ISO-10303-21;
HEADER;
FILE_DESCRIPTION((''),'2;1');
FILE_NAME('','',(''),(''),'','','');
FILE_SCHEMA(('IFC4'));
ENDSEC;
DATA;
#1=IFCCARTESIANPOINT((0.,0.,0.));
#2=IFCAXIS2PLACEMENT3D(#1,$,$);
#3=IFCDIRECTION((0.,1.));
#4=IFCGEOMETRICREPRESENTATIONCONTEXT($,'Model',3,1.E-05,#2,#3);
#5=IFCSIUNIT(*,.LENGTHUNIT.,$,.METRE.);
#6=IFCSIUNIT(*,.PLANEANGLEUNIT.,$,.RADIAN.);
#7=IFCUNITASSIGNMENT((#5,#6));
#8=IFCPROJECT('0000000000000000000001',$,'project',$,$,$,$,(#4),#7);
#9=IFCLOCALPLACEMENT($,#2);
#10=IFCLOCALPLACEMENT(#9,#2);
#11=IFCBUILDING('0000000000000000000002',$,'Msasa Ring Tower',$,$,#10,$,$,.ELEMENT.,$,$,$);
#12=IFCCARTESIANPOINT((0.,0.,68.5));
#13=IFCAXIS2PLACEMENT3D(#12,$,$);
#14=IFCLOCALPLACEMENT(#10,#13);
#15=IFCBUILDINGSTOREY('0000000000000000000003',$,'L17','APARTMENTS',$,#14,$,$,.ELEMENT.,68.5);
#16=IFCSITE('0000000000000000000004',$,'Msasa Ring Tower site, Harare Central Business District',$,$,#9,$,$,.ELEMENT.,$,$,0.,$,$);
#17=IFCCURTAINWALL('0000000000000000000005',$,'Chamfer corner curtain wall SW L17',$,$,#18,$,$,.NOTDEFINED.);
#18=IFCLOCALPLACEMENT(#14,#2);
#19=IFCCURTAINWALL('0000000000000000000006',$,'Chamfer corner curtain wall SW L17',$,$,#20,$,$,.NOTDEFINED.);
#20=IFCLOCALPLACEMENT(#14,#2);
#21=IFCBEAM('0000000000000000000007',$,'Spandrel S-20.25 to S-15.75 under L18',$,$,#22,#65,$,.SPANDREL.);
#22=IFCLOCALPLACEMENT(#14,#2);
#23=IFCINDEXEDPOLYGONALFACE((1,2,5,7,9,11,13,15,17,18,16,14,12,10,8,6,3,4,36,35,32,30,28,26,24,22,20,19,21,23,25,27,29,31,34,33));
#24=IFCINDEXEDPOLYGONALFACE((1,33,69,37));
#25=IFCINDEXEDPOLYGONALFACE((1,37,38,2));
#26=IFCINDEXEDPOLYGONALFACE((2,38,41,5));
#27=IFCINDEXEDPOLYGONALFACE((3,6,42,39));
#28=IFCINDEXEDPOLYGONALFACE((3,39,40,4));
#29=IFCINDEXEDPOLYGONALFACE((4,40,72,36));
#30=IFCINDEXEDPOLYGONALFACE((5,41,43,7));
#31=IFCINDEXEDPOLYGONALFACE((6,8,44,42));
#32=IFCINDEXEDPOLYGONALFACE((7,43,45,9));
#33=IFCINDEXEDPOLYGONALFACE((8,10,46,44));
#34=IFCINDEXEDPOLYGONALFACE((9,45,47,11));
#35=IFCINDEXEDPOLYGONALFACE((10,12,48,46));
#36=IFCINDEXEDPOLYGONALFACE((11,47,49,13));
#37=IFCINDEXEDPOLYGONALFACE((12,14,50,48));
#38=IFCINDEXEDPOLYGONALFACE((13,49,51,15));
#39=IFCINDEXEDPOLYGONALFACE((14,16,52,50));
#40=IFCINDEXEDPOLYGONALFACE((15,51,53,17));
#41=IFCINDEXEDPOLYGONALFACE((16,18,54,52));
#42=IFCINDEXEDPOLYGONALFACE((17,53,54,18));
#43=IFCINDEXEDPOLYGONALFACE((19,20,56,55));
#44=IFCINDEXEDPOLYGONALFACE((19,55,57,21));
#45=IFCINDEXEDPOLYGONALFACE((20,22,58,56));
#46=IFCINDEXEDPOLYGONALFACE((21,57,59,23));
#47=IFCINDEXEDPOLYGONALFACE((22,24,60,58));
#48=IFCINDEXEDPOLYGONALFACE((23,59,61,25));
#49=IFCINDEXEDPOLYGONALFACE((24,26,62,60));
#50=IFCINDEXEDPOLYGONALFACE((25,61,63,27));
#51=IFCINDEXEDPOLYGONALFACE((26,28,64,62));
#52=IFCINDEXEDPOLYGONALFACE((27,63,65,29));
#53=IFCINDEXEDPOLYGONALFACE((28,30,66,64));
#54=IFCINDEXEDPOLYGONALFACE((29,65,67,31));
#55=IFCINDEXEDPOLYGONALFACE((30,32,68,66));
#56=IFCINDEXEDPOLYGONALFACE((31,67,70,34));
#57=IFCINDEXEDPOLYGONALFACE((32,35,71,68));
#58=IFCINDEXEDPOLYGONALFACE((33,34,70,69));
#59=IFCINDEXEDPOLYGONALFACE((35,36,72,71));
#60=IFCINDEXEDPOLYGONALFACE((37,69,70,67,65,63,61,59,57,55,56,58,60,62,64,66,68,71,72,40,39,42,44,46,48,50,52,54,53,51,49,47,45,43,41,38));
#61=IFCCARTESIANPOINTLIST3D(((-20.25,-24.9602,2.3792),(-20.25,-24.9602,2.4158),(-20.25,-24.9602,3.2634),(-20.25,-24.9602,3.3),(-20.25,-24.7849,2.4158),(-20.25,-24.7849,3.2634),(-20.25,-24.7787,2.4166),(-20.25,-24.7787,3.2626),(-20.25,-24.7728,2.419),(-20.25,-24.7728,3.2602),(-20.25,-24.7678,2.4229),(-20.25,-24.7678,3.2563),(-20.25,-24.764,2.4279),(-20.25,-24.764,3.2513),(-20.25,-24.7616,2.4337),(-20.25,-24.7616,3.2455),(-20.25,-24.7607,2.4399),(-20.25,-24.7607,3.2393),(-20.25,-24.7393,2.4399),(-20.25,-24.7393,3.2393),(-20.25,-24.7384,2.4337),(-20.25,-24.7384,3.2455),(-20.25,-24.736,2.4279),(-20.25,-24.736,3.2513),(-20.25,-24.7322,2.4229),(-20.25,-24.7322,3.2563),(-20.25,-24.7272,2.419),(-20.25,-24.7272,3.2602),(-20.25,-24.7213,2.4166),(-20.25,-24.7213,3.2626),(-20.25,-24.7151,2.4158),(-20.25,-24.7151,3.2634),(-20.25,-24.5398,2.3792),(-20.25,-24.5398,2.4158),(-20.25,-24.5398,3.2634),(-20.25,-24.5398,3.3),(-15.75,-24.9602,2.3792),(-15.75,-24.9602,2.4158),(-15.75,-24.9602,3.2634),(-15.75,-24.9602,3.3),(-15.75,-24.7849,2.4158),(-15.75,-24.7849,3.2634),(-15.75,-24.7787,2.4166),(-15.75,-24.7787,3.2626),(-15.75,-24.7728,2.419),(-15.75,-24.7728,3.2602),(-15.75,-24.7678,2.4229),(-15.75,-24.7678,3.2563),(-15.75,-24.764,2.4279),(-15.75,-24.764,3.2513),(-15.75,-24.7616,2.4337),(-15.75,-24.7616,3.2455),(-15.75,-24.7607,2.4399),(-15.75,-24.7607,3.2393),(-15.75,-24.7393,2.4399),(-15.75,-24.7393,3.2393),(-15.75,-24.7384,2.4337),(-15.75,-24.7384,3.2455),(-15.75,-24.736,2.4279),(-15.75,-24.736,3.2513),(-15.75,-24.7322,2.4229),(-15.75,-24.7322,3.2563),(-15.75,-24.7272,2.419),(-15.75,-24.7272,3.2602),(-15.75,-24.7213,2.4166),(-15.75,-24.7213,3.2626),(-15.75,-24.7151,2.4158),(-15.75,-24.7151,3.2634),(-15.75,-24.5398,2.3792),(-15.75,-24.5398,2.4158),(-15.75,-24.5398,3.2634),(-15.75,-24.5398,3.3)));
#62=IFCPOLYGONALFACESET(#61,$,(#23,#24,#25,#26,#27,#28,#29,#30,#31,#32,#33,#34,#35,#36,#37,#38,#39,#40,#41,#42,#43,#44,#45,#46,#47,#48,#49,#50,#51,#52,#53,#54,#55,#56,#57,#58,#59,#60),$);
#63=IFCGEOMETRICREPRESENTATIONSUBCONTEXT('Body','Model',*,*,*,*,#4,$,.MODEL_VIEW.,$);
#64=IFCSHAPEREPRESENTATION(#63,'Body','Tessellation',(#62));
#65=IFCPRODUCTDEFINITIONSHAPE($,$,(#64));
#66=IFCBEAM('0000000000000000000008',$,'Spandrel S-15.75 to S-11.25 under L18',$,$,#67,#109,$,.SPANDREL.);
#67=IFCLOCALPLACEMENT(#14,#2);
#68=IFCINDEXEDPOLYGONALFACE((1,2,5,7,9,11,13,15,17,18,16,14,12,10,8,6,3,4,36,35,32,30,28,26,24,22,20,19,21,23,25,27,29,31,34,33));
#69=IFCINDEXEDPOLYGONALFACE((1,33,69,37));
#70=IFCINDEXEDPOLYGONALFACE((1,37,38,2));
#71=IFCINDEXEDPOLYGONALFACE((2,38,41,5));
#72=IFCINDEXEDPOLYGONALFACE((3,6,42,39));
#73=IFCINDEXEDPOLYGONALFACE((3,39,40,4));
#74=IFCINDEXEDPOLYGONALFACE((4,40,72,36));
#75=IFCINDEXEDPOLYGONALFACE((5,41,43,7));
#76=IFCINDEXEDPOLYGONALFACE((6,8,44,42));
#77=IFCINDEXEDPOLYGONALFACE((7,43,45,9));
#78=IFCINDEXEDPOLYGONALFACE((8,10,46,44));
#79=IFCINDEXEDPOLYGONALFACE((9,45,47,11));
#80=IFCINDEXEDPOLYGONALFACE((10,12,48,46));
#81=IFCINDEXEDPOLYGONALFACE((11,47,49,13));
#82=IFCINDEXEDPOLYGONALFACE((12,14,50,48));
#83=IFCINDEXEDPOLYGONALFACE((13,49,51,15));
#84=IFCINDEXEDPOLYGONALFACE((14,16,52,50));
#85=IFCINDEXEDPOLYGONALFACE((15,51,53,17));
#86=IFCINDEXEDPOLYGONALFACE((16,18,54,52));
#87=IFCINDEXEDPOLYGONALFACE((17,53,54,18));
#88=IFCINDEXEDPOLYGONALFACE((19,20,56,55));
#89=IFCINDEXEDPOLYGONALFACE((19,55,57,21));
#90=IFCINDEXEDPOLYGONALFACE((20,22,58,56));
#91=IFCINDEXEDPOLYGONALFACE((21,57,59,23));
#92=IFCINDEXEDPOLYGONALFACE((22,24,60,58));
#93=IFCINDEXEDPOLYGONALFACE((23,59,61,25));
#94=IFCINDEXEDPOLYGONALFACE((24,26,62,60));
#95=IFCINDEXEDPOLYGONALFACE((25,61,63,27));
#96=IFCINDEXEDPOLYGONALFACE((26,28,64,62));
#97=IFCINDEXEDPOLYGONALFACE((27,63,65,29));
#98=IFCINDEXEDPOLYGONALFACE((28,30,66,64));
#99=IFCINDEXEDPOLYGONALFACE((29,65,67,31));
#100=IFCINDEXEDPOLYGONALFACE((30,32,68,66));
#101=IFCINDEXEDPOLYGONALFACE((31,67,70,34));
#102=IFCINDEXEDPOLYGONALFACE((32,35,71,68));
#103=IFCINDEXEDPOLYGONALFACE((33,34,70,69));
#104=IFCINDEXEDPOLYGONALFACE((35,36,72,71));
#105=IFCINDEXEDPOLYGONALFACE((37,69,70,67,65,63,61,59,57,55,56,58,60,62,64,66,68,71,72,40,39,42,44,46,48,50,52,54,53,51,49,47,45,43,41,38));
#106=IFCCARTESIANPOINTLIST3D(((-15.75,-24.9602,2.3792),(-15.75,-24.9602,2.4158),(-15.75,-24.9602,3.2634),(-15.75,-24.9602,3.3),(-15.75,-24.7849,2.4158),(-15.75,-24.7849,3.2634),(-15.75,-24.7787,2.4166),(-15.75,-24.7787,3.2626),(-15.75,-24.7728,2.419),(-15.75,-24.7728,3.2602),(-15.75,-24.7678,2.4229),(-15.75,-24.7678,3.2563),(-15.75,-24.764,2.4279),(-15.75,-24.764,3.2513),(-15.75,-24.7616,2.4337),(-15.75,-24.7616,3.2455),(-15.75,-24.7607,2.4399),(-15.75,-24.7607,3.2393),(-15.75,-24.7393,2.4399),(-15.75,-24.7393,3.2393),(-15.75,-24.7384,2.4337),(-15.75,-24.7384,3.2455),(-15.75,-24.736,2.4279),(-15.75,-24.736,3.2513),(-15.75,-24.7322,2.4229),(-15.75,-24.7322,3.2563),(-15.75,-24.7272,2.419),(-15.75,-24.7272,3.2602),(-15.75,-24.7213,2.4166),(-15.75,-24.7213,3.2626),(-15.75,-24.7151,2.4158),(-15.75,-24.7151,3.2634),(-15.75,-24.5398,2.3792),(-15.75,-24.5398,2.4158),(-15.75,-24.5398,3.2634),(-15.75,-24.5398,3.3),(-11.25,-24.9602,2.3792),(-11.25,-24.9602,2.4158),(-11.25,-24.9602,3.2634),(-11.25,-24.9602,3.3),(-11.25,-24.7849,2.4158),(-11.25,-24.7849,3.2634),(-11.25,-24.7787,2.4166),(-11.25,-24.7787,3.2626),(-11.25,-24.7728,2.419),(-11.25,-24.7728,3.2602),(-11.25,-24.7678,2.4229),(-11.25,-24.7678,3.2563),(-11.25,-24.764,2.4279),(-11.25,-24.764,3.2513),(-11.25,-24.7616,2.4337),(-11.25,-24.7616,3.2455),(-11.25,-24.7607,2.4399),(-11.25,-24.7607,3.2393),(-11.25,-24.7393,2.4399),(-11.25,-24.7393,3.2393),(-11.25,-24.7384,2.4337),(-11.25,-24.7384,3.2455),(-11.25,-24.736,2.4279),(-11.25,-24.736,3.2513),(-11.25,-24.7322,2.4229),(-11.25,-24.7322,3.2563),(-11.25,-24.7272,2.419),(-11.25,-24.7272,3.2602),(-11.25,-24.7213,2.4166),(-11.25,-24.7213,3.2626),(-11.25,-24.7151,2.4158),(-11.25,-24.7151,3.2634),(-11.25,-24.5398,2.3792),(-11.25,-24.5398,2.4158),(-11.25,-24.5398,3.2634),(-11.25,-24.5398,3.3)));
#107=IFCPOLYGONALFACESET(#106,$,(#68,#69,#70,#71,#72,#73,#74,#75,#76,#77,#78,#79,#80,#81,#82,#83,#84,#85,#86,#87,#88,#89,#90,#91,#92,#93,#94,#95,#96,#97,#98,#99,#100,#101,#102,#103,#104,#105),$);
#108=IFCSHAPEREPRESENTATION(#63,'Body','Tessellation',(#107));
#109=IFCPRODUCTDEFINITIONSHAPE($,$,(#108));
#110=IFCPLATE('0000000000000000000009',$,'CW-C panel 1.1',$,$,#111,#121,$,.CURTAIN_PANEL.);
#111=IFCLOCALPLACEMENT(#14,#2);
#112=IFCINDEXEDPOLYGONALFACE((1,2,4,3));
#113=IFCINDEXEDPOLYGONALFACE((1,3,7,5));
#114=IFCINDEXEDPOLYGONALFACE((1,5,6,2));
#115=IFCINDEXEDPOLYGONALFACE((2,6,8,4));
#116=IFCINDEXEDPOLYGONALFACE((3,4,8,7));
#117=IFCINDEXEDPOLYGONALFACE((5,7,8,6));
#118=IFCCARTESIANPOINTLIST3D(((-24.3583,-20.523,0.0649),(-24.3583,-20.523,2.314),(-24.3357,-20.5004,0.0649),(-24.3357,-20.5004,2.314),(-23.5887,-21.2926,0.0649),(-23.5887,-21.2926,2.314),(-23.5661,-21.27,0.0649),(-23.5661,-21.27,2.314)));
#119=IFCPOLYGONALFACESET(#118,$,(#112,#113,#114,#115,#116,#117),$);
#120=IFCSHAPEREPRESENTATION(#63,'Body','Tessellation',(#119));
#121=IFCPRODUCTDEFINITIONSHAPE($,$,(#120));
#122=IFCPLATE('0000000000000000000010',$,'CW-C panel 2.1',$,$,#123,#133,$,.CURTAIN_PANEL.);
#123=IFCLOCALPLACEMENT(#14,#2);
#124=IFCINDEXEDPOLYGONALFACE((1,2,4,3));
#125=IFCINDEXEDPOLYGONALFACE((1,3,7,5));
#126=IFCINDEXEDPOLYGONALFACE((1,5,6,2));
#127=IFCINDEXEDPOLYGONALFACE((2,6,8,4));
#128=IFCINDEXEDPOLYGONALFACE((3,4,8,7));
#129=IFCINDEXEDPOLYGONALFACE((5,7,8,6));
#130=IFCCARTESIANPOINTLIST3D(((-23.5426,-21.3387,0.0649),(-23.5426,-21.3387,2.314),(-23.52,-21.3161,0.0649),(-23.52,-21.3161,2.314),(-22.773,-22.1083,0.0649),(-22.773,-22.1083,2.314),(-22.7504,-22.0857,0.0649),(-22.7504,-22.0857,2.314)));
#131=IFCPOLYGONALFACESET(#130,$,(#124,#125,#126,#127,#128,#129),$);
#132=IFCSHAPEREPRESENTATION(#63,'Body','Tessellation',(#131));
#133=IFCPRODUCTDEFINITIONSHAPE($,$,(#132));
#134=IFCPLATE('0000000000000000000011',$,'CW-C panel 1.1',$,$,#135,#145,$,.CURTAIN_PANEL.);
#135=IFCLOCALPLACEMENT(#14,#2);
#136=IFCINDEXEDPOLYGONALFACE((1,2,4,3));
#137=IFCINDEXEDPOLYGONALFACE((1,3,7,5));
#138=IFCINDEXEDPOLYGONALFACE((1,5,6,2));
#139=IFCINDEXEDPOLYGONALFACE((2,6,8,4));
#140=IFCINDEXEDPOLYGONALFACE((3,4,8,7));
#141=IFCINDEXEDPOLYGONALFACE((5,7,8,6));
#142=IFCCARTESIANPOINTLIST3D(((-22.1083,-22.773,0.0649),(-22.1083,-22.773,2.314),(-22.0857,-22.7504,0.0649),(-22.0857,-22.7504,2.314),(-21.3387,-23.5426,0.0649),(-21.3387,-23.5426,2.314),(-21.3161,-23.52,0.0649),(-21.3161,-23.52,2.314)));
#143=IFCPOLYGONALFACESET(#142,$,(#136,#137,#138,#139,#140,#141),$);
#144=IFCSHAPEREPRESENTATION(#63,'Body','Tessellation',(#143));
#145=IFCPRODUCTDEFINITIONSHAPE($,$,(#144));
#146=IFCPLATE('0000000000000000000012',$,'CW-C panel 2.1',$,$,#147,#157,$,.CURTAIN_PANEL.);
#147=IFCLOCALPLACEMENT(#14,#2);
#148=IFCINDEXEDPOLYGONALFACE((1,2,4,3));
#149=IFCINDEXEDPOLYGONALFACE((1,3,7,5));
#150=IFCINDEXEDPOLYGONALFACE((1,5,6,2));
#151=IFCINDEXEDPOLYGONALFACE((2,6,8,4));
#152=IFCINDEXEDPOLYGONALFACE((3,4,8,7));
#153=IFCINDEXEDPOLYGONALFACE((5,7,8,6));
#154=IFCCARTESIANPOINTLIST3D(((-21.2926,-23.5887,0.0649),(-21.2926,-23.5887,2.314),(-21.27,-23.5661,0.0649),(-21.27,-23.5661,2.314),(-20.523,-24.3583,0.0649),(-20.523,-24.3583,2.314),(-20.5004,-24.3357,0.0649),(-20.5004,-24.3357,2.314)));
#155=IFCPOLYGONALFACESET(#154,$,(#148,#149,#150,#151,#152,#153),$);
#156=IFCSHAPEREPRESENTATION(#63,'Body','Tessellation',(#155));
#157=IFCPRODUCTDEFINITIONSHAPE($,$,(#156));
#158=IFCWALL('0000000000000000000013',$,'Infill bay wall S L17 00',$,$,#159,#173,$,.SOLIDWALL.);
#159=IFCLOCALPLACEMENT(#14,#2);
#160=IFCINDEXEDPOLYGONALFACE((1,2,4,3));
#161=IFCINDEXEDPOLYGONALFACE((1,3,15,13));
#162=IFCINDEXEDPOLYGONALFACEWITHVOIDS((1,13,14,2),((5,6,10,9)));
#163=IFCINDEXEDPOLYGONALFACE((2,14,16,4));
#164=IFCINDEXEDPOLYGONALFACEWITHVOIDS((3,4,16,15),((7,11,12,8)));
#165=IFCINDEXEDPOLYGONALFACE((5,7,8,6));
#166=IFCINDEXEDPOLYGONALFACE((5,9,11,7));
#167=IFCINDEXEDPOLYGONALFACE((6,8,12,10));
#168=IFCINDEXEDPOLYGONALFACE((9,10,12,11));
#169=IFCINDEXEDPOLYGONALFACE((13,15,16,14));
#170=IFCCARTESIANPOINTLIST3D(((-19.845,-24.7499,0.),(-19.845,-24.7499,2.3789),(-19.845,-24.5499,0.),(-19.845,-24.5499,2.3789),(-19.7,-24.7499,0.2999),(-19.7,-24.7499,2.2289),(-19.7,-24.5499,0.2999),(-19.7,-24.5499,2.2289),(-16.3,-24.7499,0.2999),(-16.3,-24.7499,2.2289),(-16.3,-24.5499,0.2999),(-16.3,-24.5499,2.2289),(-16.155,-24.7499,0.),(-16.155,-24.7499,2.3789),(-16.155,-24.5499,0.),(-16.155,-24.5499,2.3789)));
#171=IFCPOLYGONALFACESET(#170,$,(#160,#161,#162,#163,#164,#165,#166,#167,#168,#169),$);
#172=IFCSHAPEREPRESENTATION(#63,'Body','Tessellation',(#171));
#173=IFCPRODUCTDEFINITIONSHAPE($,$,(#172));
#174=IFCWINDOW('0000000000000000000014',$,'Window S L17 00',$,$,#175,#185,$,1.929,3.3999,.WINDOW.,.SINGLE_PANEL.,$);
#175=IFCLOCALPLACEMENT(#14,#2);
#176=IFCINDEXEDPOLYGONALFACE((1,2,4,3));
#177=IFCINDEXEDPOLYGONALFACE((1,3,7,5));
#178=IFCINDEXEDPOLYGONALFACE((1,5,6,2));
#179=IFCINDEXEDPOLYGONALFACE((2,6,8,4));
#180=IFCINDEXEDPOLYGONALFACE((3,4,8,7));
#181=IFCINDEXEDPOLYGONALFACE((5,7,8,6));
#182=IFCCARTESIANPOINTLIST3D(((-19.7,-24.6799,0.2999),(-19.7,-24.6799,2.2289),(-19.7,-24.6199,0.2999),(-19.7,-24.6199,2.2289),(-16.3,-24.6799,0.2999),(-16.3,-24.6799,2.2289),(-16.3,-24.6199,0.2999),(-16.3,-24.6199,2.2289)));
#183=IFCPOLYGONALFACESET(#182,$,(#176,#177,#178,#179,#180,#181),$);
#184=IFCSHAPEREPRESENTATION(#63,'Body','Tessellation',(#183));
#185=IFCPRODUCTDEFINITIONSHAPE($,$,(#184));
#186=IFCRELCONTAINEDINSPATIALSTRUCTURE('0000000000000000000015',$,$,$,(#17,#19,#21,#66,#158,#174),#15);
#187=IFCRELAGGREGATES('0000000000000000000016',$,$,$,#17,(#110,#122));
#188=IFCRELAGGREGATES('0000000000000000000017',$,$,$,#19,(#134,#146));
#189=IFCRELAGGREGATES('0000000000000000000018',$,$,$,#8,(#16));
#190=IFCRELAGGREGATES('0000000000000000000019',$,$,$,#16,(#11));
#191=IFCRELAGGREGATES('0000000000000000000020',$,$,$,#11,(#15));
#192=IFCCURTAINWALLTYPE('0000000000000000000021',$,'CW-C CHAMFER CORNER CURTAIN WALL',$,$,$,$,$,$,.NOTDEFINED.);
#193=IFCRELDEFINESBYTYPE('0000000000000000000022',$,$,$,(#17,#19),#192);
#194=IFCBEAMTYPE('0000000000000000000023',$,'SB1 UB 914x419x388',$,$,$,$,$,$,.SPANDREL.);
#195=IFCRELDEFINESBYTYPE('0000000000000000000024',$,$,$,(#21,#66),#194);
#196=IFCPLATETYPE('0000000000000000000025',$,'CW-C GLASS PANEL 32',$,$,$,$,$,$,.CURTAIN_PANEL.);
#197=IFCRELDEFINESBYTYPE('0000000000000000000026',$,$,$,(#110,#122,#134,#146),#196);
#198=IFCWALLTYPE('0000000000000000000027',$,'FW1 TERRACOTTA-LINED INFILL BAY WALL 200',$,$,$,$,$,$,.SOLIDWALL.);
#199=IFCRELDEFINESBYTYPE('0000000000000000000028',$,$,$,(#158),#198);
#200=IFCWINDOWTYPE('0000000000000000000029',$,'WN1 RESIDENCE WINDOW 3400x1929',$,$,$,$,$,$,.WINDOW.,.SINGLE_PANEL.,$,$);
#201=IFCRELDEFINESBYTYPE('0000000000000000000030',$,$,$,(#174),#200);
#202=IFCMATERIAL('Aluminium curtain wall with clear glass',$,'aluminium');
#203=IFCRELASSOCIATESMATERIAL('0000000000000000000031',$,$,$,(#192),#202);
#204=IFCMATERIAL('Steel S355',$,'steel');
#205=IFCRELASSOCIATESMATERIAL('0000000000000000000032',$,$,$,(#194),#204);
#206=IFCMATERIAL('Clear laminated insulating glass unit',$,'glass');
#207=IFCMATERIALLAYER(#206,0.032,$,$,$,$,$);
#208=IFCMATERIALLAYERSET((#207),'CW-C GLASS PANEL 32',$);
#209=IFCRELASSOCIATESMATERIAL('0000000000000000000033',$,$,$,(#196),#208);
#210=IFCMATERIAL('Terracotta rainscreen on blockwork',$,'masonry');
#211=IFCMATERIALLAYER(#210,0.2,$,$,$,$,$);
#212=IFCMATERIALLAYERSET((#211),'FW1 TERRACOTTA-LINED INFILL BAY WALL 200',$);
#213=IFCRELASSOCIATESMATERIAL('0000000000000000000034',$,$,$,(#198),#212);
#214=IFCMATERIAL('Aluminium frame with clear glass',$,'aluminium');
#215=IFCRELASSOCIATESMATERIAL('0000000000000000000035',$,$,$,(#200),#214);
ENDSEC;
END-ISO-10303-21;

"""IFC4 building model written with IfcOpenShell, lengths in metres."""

from ifc_helpers import new_model, si_unit, direction, frame, frame_2d, origin, origin_2d, place, context, subcontext, project, spatial, rectangle, i_section, extrude, material, layer, layer_set, material_profile, profile_set, type_object, element, fill, aggregate, save


model = new_model("IFC4")

# Units and contexts
model_context = context("Model", 3, precision=1e-05, world=origin(), true_north=direction((0.0, 1.0)))
body_context = subcontext(model_context, "Body", "Model", "MODEL_VIEW")
ifc_project = project(units=[si_unit("LENGTHUNIT", "METRE"), si_unit("PLANEANGLEUNIT", "RADIAN")], contexts=[model_context])

# Site, building, storey
site_placement = place(None, origin())
site = spatial("IfcSite", under=ifc_project, at=site_placement, Name="Msasa Ring Tower site, Harare Central Business District", CompositionType="ELEMENT", RefElevation=0.0)
building_placement = place(site_placement, origin())
building = spatial("IfcBuilding", under=site, at=building_placement, Name="Msasa Ring Tower", CompositionType="ELEMENT")
storey_placement = place(building_placement, frame((0.0, 0.0, 68.5)))
storey = spatial("IfcBuildingStorey", under=building, at=storey_placement, Name="L17", Description="APARTMENTS", CompositionType="ELEMENT", Elevation=68.5)

# Curtain walls
ifc_material_1 = material(Name="Aluminium curtain wall with clear glass", Category="aluminium")
curtain_wall_type = type_object("IfcCurtainWallType", Name="CW-C CHAMFER CORNER CURTAIN WALL", PredefinedType="NOTDEFINED", material=ifc_material_1)
curtain_wall_1_placement = place(storey_placement, origin())
curtain_wall_1 = element("IfcCurtainWall", 1, at=curtain_wall_1_placement, inside=storey, type_object=curtain_wall_type, Name="Chamfer corner curtain wall SW L17", PredefinedType="NOTDEFINED")
curtain_wall_2_placement = place(storey_placement, origin())
curtain_wall_2 = element("IfcCurtainWall", 2, at=curtain_wall_2_placement, inside=storey, type_object=curtain_wall_type, Name="Chamfer corner curtain wall SW L17", PredefinedType="NOTDEFINED")

# Beams
ifc_material_2 = material(Name="Steel S355", Category="steel")
ifc_material_profile_1 = material_profile(ifc_material_2, i_section(OverallWidth=0.4204, OverallDepth=0.9209, WebThickness=0.0215, FlangeThickness=0.0366, FilletRadius=0.0242, at=origin_2d()), Name="UB 914x419x388")
ifc_profile_set_1 = profile_set([ifc_material_profile_1], Name="Steel S355")
beam_type_1 = type_object("IfcBeamType", Name="SB1 UB 914x419x388", PredefinedType="SPANDREL", material=ifc_profile_set_1)
for number, where, z_axis, x_axis, name in (
    (3, (-20.25, -24.75, 2.8396), (1.0, 0.0, 0.0), (0.0, 1.0, 0.0), "Spandrel S-20.25 to S-15.75 under L18"),
    (4, (-15.75, -24.75, 2.8396), (1.0, 0.0, 0.0), (0.0, 1.0, 0.0), "Spandrel S-15.75 to S-11.25 under L18"),
):
    element("IfcBeam", number, at=place(storey_placement, frame(where, z_axis=z_axis, x_axis=x_axis)), inside=storey, type_object=beam_type_1, Name=name, PredefinedType="SPANDREL", context=body_context, shape_type="SweptSolid", body=[
        extrude(i_section(OverallWidth=0.4204, OverallDepth=0.9209, WebThickness=0.0215, FlangeThickness=0.0366, FilletRadius=0.0242, at=origin_2d()), origin(), (0.0, 0.0, 1.0), 4.5),
    ])

# Plates
ifc_material_3 = material(Name="Clear laminated insulating glass unit", Category="glass")
ifc_layer_1 = layer(ifc_material_3, 0.032)
ifc_layer_set_1 = layer_set([ifc_layer_1], Name="CW-C GLASS PANEL 32")
plate_type = type_object("IfcPlateType", Name="CW-C GLASS PANEL 32", PredefinedType="CURTAIN_PANEL", material=ifc_layer_set_1)
plate_1_placement = place(storey_placement, frame((-23.9622, -20.8965, 0.0649), z_axis=(0.0, 0.0, 1.0), x_axis=(0.707107, -0.707107, 0.0)))
plate_1 = element("IfcPlate", 5, at=plate_1_placement, type_object=plate_type, Name="CW-C panel 1.1", PredefinedType="CURTAIN_PANEL", context=body_context, shape_type="SweptSolid", body=[
    extrude(rectangle(XDim=1.0884, YDim=0.032, at=origin_2d()), origin(), (0.0, 0.0, 1.0), 2.249),
])
plate_2_placement = place(storey_placement, frame((-23.1465, -21.7122, 0.0649), z_axis=(0.0, 0.0, 1.0), x_axis=(0.707107, -0.707107, 0.0)))
plate_2 = element("IfcPlate", 6, at=plate_2_placement, type_object=plate_type, Name="CW-C panel 2.1", PredefinedType="CURTAIN_PANEL", context=body_context, shape_type="SweptSolid", body=[
    extrude(rectangle(XDim=1.0884, YDim=0.032, at=origin_2d()), origin(), (0.0, 0.0, 1.0), 2.249),
])
aggregate(curtain_wall_1, [plate_1, plate_2])
plate_3_placement = place(storey_placement, frame((-21.7122, -23.1465, 0.0649), z_axis=(0.0, 0.0, 1.0), x_axis=(0.707107, -0.707107, 0.0)))
plate_3 = element("IfcPlate", 7, at=plate_3_placement, type_object=plate_type, Name="CW-C panel 1.1", PredefinedType="CURTAIN_PANEL", context=body_context, shape_type="SweptSolid", body=[
    extrude(rectangle(XDim=1.0884, YDim=0.032, at=origin_2d()), origin(), (0.0, 0.0, 1.0), 2.249),
])
plate_4_placement = place(storey_placement, frame((-20.8965, -23.9622, 0.0649), z_axis=(0.0, 0.0, 1.0), x_axis=(0.707107, -0.707107, 0.0)))
plate_4 = element("IfcPlate", 8, at=plate_4_placement, type_object=plate_type, Name="CW-C panel 2.1", PredefinedType="CURTAIN_PANEL", context=body_context, shape_type="SweptSolid", body=[
    extrude(rectangle(XDim=1.0884, YDim=0.032, at=origin_2d()), origin(), (0.0, 0.0, 1.0), 2.249),
])
aggregate(curtain_wall_2, [plate_3, plate_4])

# Wall, opening, window
ifc_material_4 = material(Name="Terracotta rainscreen on blockwork", Category="masonry")
ifc_layer_2 = layer(ifc_material_4, 0.2)
ifc_layer_set_2 = layer_set([ifc_layer_2], Name="FW1 TERRACOTTA-LINED INFILL BAY WALL 200")
wall_type_1 = type_object("IfcWallType", Name="FW1 TERRACOTTA-LINED INFILL BAY WALL 200", PredefinedType="SOLIDWALL", material=ifc_layer_set_2)
wall_1_placement = place(storey_placement, frame((-19.845, -24.6499, 0.0), z_axis=(0.0, 0.0, 1.0), x_axis=(1.0, 0.0, 0.0)))
wall_1 = element("IfcWall", 9, at=wall_1_placement, inside=storey, type_object=wall_type_1, Name="Infill bay wall S L17 00", PredefinedType="SOLIDWALL", context=body_context, shape_type="SweptSolid", body=[
    extrude(rectangle(XDim=3.6899, YDim=0.2, at=frame_2d((1.845, 0.0))), origin(), (0.0, 0.0, 1.0), 2.3789),
])
opening_1_placement = place(wall_1_placement, frame((0.145, 0.0, 0.3)))
opening_1 = element("IfcOpeningElement", 10, at=opening_1_placement, cuts=wall_1, PredefinedType="OPENING", context=body_context, shape_type="SweptSolid", body=[
    extrude(rectangle(XDim=3.3999, YDim=1.929, at=frame_2d((1.7, 0.9644))), frame((0.0, 0.1099, 0.0), z_axis=(0.0, -1.0, 0.0), x_axis=(1.0, 0.0, 0.0)), (0.0, 0.0, 1.0), 0.22),
])
ifc_material_5 = material(Name="Aluminium frame with clear glass", Category="aluminium")
window_type = type_object("IfcWindowType", Name="WN1 RESIDENCE WINDOW 3400x1929", PartitioningType="SINGLE_PANEL", PredefinedType="WINDOW", material=ifc_material_5)
window_1_placement = place(opening_1_placement, origin())
window_1 = element("IfcWindow", 11, at=window_1_placement, inside=storey, type_object=window_type, Name="Window S L17 00", OverallHeight=1.929, OverallWidth=3.3999, PartitioningType="SINGLE_PANEL", PredefinedType="WINDOW", context=body_context, shape_type="SweptSolid", body=[
    extrude(rectangle(XDim=3.3999, YDim=1.929, at=frame_2d((1.7, 0.9644))), frame((0.0, 0.03, 0.0), z_axis=(0.0, -1.0, 0.0), x_axis=(1.0, 0.0, 0.0)), (0.0, 0.0, 1.0), 0.0601),
])
fill(opening_1, window_1)

save(model, "model.ifc")
